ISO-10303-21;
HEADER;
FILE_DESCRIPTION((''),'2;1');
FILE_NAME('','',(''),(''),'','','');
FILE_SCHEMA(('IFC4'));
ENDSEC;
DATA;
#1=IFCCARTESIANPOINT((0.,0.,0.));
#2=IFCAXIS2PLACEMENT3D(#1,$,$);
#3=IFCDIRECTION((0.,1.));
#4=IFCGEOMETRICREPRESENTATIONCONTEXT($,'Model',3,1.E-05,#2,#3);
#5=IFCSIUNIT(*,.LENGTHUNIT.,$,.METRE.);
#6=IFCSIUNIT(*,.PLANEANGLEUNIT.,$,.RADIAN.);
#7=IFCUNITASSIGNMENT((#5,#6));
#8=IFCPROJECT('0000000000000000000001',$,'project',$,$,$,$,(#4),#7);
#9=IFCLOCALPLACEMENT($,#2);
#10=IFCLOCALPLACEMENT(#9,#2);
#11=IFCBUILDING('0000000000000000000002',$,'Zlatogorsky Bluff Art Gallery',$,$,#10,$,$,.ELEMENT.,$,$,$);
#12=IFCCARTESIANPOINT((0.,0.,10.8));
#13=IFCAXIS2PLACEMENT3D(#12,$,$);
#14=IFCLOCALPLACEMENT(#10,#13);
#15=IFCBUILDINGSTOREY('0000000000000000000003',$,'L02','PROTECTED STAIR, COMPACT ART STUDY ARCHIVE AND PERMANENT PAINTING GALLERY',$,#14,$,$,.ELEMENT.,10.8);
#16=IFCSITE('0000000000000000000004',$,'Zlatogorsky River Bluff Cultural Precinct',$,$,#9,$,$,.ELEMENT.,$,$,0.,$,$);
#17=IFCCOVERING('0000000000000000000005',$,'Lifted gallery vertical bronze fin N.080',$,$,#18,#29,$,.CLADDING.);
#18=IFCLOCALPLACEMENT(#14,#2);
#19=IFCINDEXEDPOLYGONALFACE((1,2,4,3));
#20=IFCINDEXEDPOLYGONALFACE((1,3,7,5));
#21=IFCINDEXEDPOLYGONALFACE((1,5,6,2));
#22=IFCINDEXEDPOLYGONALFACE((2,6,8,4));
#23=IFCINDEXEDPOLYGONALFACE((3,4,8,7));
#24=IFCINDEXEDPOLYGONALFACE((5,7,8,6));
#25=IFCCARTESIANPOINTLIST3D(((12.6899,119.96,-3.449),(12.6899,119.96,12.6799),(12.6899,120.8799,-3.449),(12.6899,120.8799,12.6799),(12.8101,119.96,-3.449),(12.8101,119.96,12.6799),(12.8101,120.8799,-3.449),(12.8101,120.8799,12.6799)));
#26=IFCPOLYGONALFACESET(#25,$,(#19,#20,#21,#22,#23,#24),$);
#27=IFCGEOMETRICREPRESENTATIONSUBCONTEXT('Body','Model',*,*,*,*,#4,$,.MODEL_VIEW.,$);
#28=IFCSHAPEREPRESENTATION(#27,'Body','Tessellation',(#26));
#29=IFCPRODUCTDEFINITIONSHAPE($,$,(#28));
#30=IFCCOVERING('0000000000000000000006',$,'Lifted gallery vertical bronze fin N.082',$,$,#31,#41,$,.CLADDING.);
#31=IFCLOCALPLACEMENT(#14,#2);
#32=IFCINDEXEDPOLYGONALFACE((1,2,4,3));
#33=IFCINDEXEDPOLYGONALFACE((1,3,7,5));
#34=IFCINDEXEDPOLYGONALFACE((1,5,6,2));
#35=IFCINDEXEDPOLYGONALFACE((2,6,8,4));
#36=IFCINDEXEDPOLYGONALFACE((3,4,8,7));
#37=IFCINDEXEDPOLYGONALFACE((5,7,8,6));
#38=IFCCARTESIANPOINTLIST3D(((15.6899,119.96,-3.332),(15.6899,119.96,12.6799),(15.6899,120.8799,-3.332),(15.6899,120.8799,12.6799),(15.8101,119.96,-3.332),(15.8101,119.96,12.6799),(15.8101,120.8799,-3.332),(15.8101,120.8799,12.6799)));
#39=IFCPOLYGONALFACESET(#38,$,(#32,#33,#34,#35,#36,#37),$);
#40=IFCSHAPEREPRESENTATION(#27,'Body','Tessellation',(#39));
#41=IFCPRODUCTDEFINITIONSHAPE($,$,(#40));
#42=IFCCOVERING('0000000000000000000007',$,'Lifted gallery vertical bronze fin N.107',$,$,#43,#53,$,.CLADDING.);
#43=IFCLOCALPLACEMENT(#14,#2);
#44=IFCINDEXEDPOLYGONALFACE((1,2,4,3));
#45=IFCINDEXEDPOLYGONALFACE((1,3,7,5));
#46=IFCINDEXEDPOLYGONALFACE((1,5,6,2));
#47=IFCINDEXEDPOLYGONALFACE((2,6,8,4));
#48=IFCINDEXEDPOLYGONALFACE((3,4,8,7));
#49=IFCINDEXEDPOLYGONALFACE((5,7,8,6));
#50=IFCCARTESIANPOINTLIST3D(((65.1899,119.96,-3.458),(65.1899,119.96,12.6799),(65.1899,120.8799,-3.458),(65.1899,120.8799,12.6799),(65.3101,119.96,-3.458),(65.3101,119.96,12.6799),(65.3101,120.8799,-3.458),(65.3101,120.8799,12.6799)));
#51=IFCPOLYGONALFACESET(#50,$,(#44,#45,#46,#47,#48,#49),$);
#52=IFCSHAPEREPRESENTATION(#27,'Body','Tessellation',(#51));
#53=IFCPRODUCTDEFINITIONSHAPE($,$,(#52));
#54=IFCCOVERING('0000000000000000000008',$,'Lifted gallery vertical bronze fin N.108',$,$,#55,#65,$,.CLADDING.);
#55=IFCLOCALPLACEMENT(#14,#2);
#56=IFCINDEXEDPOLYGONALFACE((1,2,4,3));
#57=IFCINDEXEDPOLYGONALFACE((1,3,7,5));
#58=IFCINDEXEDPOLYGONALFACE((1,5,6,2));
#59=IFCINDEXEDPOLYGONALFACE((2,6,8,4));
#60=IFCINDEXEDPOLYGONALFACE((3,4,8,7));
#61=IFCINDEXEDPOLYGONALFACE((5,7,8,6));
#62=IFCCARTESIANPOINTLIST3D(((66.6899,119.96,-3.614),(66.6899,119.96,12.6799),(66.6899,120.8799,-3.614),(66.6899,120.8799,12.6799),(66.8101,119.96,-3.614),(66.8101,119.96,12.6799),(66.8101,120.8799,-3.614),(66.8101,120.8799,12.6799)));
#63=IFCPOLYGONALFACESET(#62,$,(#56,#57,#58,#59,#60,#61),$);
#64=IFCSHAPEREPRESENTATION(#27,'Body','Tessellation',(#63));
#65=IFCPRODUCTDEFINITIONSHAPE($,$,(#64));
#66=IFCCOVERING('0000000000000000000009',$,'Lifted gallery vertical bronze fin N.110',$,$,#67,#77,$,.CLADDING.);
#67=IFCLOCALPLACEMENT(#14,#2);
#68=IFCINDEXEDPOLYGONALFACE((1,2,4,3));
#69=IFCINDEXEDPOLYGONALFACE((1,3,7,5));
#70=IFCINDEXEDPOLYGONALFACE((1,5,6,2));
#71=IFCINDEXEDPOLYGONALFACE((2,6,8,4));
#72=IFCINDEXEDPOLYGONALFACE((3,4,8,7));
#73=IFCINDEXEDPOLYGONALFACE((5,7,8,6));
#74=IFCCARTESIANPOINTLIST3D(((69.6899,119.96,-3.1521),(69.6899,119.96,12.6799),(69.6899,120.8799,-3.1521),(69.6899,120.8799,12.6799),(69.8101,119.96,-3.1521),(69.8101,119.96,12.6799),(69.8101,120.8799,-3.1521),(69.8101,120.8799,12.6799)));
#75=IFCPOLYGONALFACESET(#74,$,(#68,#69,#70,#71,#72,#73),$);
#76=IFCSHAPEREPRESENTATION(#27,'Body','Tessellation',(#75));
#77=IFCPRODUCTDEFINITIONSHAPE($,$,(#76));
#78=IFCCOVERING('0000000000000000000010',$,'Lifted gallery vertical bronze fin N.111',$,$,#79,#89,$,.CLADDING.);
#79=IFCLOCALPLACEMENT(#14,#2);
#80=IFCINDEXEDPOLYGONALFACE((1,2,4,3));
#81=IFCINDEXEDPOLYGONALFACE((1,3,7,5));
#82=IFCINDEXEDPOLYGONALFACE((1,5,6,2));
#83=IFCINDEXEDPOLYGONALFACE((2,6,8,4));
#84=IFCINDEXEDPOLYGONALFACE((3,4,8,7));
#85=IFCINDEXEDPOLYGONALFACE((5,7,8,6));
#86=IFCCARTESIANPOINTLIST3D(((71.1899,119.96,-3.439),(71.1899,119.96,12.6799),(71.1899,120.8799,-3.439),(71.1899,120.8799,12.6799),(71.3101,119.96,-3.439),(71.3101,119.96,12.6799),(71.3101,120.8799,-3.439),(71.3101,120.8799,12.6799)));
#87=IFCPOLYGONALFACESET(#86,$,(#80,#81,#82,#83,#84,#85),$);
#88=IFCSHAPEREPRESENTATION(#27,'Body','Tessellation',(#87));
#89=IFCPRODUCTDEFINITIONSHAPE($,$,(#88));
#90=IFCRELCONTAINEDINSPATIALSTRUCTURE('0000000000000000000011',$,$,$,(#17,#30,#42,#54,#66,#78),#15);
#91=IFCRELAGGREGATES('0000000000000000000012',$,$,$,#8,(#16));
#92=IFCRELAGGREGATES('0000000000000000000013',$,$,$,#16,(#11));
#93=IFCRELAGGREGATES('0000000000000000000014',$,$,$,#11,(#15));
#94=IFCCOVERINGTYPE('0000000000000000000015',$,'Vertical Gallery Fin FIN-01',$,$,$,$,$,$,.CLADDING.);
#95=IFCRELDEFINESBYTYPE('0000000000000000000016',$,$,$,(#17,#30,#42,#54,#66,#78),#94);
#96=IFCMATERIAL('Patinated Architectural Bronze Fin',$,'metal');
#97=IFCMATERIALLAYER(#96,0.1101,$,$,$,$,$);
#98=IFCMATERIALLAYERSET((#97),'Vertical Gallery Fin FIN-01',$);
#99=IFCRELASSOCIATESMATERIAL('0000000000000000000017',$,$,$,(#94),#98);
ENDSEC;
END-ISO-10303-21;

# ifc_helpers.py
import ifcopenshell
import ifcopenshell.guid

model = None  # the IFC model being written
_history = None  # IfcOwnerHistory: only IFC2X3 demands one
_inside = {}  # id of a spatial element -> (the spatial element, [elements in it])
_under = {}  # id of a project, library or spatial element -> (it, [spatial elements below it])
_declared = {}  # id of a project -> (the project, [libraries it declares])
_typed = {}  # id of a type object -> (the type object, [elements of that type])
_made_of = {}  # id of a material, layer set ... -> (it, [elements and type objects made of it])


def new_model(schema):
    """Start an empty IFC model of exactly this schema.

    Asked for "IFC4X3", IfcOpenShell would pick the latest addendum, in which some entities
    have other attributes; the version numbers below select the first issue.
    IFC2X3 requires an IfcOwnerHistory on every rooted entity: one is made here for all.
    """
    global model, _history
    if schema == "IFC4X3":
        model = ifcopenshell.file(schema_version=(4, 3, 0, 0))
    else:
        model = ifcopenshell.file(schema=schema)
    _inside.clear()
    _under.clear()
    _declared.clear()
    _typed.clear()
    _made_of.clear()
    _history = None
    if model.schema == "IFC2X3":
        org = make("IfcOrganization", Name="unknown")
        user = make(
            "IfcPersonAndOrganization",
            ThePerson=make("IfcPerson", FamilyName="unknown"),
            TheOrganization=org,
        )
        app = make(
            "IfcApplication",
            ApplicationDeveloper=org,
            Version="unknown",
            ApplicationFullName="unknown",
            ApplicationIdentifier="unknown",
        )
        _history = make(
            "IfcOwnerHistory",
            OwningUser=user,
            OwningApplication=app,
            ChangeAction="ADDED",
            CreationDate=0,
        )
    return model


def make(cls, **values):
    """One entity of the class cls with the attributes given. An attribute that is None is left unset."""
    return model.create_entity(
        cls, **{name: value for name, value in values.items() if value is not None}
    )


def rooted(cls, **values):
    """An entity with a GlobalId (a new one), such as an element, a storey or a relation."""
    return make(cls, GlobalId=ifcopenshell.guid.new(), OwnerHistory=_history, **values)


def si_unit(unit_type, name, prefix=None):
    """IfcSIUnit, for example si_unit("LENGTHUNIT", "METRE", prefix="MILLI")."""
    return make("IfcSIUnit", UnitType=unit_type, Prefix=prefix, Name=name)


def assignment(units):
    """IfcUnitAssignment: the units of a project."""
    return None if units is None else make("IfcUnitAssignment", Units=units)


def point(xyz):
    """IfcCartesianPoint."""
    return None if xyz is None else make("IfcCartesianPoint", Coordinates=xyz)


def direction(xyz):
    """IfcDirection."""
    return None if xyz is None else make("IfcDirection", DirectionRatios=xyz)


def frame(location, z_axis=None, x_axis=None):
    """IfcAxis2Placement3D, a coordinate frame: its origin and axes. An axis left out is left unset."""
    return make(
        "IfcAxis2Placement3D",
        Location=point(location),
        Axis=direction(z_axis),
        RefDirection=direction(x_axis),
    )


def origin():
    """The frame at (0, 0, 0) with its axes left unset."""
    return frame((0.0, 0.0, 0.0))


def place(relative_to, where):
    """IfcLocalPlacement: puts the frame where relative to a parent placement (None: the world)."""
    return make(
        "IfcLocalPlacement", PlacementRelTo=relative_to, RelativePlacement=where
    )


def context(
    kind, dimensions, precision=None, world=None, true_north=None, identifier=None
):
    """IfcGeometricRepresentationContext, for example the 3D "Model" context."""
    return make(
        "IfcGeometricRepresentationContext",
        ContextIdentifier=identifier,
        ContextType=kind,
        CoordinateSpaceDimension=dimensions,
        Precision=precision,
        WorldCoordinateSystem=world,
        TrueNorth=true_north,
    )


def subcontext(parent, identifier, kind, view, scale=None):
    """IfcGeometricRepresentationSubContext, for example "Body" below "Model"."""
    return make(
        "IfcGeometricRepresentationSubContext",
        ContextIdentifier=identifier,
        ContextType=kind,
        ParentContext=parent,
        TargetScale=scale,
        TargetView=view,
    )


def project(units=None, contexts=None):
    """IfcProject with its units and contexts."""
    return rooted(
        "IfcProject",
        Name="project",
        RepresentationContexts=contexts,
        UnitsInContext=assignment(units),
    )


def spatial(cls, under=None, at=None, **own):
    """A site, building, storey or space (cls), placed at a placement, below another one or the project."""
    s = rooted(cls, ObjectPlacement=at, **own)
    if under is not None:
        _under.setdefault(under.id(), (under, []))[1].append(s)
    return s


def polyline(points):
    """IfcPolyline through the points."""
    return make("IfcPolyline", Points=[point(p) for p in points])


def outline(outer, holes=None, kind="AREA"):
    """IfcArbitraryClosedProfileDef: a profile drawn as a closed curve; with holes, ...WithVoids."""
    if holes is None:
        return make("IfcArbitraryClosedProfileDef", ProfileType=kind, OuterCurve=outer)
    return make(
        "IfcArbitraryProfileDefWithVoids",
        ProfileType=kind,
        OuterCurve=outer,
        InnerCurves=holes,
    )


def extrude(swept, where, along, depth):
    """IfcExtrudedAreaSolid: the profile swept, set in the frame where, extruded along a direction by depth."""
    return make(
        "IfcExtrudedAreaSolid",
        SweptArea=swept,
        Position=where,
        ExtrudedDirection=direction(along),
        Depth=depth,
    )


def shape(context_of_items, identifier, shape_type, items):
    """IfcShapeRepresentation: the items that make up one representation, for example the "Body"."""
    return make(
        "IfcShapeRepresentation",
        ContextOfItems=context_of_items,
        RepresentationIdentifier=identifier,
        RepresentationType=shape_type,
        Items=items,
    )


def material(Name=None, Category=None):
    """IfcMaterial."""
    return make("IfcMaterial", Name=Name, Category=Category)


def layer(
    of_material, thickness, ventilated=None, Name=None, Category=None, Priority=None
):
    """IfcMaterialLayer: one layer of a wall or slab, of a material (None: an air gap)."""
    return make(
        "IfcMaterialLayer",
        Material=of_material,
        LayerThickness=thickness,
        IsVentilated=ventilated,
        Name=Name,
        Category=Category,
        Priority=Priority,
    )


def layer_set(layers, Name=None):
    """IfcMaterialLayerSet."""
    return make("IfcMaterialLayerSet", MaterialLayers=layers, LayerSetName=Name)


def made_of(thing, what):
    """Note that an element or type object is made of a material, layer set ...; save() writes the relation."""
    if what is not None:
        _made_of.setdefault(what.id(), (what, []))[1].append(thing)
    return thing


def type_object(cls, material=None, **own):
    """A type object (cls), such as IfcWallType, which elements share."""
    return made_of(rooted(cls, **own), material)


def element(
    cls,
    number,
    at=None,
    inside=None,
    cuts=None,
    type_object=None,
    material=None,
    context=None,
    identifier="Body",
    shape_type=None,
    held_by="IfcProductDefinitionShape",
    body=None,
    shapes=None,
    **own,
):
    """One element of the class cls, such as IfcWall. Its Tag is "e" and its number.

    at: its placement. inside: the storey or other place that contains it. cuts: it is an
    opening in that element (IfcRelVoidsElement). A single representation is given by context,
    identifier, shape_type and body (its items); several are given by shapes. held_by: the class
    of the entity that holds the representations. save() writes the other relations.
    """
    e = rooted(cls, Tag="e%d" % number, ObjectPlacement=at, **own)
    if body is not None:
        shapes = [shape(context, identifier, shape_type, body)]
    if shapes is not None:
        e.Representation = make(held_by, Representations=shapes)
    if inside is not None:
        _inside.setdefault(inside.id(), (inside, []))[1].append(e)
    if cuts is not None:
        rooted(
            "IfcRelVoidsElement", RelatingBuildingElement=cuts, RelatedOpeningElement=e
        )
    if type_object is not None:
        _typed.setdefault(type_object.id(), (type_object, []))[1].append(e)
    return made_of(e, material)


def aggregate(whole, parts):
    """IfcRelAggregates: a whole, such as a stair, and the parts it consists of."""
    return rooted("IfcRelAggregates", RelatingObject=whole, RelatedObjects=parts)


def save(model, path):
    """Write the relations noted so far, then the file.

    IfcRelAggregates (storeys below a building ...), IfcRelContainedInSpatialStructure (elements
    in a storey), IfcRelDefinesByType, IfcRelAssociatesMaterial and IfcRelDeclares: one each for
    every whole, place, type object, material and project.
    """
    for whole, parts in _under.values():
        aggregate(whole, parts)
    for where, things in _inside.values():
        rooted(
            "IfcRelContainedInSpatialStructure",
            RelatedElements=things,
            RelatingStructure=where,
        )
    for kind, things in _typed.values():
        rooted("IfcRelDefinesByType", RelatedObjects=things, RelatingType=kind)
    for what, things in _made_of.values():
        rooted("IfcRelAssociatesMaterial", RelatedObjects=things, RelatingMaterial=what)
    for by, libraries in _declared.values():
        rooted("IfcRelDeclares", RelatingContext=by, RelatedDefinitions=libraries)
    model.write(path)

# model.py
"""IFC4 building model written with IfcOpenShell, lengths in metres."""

from ifc_helpers import new_model, si_unit, direction, frame, origin, place, context, subcontext, project, spatial, polyline, outline, extrude, material, layer, layer_set, type_object, element, save


model = new_model("IFC4")

# Units and contexts
model_context = context("Model", 3, precision=1e-05, world=origin(), true_north=direction((0.0, 1.0)))
body_context = subcontext(model_context, "Body", "Model", "MODEL_VIEW")
ifc_project = project(units=[si_unit("LENGTHUNIT", "METRE"), si_unit("PLANEANGLEUNIT", "RADIAN")], contexts=[model_context])

# Site, building, storey
site_placement = place(None, origin())
site = spatial("IfcSite", under=ifc_project, at=site_placement, Name="Zlatogorsky River Bluff Cultural Precinct", CompositionType="ELEMENT", RefElevation=0.0)
building_placement = place(site_placement, origin())
building = spatial("IfcBuilding", under=site, at=building_placement, Name="Zlatogorsky Bluff Art Gallery", CompositionType="ELEMENT")
storey_placement = place(building_placement, frame((0.0, 0.0, 10.8)))
storey = spatial("IfcBuildingStorey", under=building, at=storey_placement, Name="L02", Description="PROTECTED STAIR, COMPACT ART STUDY ARCHIVE AND PERMANENT PAINTING GALLERY", CompositionType="ELEMENT", Elevation=10.8)

# Coverings
ifc_material_1 = material(Name="Patinated Architectural Bronze Fin", Category="metal")
ifc_layer_1 = layer(ifc_material_1, 0.1101)
ifc_layer_set_1 = layer_set([ifc_layer_1], Name="Vertical Gallery Fin FIN-01")
covering_type_1 = type_object("IfcCoveringType", Name="Vertical Gallery Fin FIN-01", PredefinedType="CLADDING", material=ifc_layer_set_1)
covering_1_placement = place(storey_placement, frame((0.0, 0.0, -3.449)))
element("IfcCovering", 1, at=covering_1_placement, inside=storey, type_object=covering_type_1, Name="Lifted gallery vertical bronze fin N.080", PredefinedType="CLADDING", context=body_context, shape_type="SweptSolid", body=[
    extrude(outline(polyline([(12.6899, 119.96), (12.8101, 119.96), (12.8101, 120.8799), (12.6899, 120.8799), (12.6899, 119.96)])), origin(), (0.0, 0.0, 1.0), 16.1289),
])
covering_2_placement = place(storey_placement, frame((0.0, 0.0, -3.332)))
element("IfcCovering", 2, at=covering_2_placement, inside=storey, type_object=covering_type_1, Name="Lifted gallery vertical bronze fin N.082", PredefinedType="CLADDING", context=body_context, shape_type="SweptSolid", body=[
    extrude(outline(polyline([(15.6899, 119.96), (15.8101, 119.96), (15.8101, 120.8799), (15.6899, 120.8799), (15.6899, 119.96)])), origin(), (0.0, 0.0, 1.0), 16.012),
])
covering_3_placement = place(storey_placement, frame((0.0, 0.0, -3.458)))
element("IfcCovering", 3, at=covering_3_placement, inside=storey, type_object=covering_type_1, Name="Lifted gallery vertical bronze fin N.107", PredefinedType="CLADDING", context=body_context, shape_type="SweptSolid", body=[
    extrude(outline(polyline([(65.1899, 119.96), (65.3101, 119.96), (65.3101, 120.8799), (65.1899, 120.8799), (65.1899, 119.96)])), origin(), (0.0, 0.0, 1.0), 16.1379),
])
covering_4_placement = place(storey_placement, frame((0.0, 0.0, -3.614)))
element("IfcCovering", 4, at=covering_4_placement, inside=storey, type_object=covering_type_1, Name="Lifted gallery vertical bronze fin N.108", PredefinedType="CLADDING", context=body_context, shape_type="SweptSolid", body=[
    extrude(outline(polyline([(66.6899, 119.96), (66.8101, 119.96), (66.8101, 120.8799), (66.6899, 120.8799), (66.6899, 119.96)])), origin(), (0.0, 0.0, 1.0), 16.2939),
])
covering_5_placement = place(storey_placement, frame((0.0, 0.0, -3.1521)))
element("IfcCovering", 5, at=covering_5_placement, inside=storey, type_object=covering_type_1, Name="Lifted gallery vertical bronze fin N.110", PredefinedType="CLADDING", context=body_context, shape_type="SweptSolid", body=[
    extrude(outline(polyline([(69.6899, 119.96), (69.8101, 119.96), (69.8101, 120.8799), (69.6899, 120.8799), (69.6899, 119.96)])), origin(), (0.0, 0.0, 1.0), 15.832),
])
covering_6_placement = place(storey_placement, frame((0.0, 0.0, -3.439)))
element("IfcCovering", 6, at=covering_6_placement, inside=storey, type_object=covering_type_1, Name="Lifted gallery vertical bronze fin N.111", PredefinedType="CLADDING", context=body_context, shape_type="SweptSolid", body=[
    extrude(outline(polyline([(71.1899, 119.96), (71.3101, 119.96), (71.3101, 120.8799), (71.1899, 120.8799), (71.1899, 119.96)])), origin(), (0.0, 0.0, 1.0), 16.1189),
])

save(model, "model.ifc")
